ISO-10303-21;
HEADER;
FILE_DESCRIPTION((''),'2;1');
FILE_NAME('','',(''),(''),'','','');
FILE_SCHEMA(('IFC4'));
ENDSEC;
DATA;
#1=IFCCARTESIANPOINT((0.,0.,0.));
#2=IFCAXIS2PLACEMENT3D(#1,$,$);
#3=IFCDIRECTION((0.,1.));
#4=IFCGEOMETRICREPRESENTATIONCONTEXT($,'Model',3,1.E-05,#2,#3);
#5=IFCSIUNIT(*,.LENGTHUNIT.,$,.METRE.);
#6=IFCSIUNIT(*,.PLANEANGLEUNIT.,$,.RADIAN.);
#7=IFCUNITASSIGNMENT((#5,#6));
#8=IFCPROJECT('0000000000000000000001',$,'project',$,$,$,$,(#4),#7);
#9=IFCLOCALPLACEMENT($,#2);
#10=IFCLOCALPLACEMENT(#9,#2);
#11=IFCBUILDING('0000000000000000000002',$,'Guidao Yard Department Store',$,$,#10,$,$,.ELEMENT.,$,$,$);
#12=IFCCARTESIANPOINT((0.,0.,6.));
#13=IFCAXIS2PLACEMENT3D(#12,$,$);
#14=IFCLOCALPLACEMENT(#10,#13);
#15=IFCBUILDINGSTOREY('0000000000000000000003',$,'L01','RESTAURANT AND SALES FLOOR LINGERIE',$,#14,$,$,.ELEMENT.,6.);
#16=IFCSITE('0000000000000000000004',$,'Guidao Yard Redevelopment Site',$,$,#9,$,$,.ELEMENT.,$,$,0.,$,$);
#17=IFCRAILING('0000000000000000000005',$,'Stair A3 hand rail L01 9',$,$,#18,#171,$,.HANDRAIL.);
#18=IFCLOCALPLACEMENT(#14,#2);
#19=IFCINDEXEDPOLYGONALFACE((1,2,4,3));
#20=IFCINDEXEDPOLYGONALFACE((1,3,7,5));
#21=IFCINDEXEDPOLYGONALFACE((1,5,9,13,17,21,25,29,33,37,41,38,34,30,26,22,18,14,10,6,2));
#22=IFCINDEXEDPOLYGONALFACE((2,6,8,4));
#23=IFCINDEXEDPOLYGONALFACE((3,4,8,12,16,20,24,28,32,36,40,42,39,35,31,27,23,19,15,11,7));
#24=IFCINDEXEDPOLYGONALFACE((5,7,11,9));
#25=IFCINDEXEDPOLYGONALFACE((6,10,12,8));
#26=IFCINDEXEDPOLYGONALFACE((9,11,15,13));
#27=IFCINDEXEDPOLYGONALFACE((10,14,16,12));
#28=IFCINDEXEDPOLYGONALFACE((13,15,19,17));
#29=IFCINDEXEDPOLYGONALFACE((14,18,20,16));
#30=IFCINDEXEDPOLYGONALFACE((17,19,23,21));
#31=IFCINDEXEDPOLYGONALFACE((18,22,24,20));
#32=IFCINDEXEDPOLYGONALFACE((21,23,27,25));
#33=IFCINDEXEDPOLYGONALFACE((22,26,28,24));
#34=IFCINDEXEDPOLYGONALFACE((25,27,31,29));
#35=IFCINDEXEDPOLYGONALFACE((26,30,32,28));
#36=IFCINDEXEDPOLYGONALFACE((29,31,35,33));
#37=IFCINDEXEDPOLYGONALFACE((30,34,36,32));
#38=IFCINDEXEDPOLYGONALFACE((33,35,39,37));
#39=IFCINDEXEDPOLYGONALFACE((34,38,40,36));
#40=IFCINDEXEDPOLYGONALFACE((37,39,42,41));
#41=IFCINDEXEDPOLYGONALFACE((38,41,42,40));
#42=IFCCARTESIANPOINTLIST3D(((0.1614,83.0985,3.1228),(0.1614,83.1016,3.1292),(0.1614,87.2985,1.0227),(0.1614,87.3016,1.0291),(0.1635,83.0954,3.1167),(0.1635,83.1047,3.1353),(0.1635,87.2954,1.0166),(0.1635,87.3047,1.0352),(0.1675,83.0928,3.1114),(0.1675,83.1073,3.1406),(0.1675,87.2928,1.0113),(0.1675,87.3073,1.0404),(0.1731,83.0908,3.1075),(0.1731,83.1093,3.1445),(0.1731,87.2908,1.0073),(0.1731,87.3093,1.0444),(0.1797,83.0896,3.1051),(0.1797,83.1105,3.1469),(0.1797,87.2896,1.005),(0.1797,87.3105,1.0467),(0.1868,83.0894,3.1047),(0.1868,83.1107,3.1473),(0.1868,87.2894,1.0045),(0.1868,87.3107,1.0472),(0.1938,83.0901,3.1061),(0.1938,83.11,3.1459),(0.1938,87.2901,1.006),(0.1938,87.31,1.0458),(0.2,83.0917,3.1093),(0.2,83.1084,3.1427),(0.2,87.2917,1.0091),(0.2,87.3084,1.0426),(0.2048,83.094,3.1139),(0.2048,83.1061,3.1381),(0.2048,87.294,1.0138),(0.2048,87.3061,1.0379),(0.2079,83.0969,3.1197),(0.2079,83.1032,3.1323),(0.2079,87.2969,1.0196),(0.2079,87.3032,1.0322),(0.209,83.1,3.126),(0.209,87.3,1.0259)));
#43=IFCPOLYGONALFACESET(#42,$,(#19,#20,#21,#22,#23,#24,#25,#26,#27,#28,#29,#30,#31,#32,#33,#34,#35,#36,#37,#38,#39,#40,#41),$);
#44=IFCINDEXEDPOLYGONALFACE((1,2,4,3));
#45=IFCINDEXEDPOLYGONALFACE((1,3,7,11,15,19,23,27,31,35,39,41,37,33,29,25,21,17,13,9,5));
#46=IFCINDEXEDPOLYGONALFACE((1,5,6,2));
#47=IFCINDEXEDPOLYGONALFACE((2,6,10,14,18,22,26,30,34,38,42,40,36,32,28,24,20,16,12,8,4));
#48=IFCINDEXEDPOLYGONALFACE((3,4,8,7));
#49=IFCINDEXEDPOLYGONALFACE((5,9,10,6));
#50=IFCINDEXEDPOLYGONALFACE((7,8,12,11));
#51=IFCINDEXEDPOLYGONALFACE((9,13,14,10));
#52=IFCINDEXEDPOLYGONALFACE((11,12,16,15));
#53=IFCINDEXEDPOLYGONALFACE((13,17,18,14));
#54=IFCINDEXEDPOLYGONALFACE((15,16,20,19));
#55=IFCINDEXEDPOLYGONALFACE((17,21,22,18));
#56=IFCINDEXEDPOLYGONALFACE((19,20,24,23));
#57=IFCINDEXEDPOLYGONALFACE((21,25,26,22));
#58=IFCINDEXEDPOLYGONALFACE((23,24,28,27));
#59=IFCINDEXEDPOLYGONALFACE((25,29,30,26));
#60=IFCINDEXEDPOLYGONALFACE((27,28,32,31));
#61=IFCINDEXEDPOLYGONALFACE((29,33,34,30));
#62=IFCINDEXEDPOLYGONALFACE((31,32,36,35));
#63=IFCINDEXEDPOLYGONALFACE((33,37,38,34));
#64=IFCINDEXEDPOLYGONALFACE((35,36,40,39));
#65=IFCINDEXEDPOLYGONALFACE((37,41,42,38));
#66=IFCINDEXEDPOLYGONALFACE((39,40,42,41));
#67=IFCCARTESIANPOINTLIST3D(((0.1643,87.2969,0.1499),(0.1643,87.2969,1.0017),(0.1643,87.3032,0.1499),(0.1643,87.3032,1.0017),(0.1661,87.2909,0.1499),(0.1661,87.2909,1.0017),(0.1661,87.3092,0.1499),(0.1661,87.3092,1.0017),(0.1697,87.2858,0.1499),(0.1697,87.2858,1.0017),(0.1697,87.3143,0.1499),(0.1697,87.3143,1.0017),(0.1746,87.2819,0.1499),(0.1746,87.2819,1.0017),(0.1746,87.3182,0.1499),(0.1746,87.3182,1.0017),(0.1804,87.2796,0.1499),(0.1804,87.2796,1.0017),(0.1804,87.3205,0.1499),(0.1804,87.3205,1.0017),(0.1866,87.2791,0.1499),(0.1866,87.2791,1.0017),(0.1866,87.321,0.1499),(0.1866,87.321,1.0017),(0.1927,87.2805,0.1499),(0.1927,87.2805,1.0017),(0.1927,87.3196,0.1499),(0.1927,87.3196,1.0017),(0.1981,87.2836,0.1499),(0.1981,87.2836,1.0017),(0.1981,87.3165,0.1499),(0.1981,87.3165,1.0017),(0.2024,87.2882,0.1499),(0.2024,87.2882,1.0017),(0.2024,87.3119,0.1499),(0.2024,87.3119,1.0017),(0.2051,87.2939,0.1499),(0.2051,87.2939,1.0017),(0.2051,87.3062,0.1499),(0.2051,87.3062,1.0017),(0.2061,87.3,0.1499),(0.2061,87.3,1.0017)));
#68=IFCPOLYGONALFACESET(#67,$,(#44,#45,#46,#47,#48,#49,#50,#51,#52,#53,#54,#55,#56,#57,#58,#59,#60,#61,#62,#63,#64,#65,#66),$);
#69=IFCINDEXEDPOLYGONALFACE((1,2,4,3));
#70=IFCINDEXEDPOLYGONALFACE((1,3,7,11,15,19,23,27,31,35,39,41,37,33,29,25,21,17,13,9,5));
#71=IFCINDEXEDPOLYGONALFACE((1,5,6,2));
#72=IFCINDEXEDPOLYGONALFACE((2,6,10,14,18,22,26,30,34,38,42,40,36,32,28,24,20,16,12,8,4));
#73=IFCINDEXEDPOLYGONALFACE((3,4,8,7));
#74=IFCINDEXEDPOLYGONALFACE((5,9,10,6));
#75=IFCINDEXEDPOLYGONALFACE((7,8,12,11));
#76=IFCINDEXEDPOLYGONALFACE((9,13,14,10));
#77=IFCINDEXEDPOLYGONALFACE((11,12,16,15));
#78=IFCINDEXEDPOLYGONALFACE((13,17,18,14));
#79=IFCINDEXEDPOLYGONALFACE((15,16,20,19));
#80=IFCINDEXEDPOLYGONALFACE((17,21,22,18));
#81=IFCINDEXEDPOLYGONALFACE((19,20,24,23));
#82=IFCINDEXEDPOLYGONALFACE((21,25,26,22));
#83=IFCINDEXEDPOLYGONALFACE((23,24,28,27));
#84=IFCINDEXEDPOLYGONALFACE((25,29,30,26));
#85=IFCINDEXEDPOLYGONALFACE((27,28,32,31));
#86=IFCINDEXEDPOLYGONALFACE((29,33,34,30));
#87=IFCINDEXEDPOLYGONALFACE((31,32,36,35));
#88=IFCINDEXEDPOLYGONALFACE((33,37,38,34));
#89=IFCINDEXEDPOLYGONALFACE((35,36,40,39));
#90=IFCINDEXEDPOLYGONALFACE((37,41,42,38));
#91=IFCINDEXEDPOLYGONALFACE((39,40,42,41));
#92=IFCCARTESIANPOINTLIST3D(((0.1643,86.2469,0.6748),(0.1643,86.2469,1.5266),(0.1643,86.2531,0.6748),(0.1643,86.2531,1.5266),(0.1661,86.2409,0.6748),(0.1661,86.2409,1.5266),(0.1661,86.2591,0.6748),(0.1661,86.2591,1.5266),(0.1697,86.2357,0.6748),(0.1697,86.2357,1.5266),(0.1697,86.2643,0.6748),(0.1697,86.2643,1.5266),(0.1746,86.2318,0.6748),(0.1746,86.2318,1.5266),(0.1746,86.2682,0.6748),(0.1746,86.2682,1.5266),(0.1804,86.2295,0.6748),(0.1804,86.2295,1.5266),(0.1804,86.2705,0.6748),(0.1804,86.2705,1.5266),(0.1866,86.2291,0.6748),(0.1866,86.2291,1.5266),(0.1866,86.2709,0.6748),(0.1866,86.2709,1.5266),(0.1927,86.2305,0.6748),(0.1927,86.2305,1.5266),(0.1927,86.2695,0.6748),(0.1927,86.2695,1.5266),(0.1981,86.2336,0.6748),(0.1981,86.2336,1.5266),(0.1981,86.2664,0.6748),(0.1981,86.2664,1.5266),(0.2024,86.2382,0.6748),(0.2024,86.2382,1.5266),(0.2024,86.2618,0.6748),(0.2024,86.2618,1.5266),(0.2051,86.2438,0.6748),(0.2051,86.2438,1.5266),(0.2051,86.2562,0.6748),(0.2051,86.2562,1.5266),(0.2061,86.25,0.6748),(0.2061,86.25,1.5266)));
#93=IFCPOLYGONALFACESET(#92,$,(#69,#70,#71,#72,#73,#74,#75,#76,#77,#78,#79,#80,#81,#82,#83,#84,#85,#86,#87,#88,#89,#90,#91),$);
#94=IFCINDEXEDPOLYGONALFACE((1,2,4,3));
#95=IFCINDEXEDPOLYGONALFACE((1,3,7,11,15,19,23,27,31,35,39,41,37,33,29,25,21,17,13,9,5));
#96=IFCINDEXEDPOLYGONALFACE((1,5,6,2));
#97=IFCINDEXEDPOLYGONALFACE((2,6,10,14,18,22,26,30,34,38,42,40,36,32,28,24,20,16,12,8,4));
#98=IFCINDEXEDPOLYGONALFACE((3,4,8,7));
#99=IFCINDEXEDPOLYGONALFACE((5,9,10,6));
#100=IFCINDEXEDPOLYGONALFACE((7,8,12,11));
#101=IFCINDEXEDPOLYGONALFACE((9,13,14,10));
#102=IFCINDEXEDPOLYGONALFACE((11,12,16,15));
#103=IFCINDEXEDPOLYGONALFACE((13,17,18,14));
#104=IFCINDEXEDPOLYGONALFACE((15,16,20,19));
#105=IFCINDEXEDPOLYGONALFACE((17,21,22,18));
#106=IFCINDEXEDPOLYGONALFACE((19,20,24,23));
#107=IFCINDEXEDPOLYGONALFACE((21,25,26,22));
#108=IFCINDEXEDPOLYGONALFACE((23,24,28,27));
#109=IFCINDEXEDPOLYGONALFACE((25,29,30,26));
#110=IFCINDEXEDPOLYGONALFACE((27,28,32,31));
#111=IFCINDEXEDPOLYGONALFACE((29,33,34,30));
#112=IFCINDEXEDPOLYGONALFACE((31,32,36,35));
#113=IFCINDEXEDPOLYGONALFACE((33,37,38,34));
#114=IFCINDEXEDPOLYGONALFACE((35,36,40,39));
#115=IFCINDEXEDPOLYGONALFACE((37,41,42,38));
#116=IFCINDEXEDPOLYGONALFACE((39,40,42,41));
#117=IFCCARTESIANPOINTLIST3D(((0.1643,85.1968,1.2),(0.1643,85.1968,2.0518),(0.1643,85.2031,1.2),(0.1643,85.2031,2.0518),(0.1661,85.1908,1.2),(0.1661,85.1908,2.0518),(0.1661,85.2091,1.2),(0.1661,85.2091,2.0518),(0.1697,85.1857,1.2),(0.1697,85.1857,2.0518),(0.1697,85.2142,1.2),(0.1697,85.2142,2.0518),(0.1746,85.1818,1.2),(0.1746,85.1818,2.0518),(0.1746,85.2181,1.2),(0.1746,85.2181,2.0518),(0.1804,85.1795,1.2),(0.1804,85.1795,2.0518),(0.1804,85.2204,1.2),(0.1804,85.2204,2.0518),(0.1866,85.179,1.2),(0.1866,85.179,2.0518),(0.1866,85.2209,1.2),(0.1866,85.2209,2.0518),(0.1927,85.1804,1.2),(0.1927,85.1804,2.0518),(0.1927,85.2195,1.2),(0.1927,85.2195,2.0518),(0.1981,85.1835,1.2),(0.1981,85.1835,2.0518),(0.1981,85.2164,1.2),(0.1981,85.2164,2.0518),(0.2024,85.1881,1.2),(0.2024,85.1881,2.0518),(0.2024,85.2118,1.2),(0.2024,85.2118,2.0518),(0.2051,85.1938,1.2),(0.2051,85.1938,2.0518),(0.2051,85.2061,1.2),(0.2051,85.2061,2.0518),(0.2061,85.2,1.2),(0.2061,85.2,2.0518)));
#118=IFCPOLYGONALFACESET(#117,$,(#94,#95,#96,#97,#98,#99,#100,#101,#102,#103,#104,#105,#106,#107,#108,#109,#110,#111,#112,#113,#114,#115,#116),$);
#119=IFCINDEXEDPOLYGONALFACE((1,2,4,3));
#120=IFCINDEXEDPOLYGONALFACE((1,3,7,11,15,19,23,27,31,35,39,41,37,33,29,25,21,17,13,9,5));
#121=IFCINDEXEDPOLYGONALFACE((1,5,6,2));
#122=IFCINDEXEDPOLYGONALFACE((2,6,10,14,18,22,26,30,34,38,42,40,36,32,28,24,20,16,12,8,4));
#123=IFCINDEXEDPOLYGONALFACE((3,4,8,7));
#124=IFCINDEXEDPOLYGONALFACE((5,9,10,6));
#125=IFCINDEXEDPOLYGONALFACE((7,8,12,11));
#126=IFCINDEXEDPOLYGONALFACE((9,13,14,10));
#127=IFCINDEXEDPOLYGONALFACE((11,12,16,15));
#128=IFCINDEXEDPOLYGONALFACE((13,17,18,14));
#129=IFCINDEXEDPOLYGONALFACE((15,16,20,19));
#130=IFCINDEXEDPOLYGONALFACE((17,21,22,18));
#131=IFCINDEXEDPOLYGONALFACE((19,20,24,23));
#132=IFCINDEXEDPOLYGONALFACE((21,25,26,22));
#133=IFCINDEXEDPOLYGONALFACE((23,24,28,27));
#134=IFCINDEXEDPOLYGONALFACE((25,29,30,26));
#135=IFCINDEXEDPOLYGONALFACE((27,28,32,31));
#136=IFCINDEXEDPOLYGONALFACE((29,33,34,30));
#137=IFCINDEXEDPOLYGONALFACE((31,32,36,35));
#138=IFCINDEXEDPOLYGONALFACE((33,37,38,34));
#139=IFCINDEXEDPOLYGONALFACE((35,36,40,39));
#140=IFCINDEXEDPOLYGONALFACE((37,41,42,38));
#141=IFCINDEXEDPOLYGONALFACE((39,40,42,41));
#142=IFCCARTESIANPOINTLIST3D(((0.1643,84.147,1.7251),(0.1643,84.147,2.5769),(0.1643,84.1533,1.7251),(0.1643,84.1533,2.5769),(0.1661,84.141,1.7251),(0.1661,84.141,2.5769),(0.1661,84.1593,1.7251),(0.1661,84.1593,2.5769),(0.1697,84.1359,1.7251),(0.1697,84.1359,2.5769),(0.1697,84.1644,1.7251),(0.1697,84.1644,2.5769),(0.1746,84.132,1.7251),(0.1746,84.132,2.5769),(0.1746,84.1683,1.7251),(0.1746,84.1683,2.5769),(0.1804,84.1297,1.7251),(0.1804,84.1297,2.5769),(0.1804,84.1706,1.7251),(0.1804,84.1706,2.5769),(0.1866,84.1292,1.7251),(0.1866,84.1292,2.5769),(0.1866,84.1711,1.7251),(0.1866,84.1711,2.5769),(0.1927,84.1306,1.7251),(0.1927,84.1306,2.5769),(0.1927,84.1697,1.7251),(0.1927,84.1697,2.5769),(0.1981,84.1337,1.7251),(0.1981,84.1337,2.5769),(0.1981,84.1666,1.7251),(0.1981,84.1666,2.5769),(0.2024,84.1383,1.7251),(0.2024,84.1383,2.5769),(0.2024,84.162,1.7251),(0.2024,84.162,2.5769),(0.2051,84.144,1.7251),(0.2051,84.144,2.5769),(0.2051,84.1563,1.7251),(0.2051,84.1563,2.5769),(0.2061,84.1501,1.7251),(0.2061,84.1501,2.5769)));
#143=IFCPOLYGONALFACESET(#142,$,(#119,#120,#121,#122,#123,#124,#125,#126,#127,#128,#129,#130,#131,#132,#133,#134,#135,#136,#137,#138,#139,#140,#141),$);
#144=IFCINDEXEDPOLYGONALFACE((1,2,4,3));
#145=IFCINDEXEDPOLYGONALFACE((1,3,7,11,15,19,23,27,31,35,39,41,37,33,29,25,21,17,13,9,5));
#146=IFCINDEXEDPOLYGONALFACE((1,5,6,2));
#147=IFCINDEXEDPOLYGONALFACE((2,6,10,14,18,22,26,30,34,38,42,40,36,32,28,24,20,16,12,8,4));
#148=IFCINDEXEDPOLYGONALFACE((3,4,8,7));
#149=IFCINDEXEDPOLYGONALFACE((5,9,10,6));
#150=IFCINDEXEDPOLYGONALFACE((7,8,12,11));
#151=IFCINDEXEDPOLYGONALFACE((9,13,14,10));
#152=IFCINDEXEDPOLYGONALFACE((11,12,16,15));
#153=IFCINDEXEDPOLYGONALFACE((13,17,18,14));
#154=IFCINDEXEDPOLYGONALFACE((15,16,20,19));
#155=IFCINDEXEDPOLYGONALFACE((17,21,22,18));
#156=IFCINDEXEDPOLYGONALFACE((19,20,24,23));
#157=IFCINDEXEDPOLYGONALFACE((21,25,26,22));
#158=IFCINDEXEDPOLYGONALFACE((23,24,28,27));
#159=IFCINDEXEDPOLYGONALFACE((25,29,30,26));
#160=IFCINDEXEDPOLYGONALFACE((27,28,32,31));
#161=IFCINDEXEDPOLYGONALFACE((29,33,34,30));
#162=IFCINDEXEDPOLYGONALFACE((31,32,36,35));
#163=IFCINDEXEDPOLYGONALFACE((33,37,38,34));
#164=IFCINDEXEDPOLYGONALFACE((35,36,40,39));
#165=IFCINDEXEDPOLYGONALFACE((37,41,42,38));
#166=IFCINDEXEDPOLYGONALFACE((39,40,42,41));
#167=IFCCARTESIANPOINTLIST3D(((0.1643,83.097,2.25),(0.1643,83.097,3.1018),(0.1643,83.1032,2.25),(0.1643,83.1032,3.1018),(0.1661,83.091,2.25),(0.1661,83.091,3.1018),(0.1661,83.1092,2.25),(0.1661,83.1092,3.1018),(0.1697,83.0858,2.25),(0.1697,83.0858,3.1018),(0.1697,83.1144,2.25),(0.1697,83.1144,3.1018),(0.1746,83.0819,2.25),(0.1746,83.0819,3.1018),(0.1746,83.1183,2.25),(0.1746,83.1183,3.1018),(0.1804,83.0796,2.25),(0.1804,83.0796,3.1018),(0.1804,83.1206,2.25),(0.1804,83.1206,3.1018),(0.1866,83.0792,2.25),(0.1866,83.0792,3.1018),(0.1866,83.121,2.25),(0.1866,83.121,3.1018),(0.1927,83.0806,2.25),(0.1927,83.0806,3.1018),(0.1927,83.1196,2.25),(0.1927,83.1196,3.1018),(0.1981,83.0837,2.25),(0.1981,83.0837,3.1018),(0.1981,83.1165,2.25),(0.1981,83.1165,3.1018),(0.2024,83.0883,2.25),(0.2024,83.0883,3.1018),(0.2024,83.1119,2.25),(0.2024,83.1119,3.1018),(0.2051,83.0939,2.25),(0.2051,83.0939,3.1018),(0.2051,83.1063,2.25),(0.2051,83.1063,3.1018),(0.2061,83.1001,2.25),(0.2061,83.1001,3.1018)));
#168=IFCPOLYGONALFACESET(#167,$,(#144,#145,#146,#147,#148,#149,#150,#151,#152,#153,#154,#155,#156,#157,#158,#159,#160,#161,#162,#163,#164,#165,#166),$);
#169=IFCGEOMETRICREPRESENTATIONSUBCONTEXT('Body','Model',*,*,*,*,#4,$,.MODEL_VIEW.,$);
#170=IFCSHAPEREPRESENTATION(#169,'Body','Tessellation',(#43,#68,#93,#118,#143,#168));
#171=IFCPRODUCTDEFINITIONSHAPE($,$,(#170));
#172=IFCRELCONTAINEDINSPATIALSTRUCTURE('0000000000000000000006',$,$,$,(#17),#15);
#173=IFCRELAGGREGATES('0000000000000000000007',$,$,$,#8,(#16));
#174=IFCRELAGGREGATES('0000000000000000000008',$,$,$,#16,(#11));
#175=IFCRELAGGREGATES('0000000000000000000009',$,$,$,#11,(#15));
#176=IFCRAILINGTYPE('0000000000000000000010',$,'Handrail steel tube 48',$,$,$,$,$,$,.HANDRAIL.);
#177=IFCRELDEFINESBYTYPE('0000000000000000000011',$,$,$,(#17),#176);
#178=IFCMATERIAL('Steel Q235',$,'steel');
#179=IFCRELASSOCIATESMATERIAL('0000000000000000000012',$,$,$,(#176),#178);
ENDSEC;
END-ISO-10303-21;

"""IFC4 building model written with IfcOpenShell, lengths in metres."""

from ifc_helpers import new_model, si_unit, direction, frame, origin, origin_2d, place, context, subcontext, project, spatial, circle, extrude, material, type_object, element, save


model = new_model("IFC4")

# Units and contexts
model_context = context("Model", 3, precision=1e-05, world=origin(), true_north=direction((0.0, 1.0)))
body_context = subcontext(model_context, "Body", "Model", "MODEL_VIEW")
ifc_project = project(units=[si_unit("LENGTHUNIT", "METRE"), si_unit("PLANEANGLEUNIT", "RADIAN")], contexts=[model_context])

# Site, building, storey
site_placement = place(None, origin())
site = spatial("IfcSite", under=ifc_project, at=site_placement, Name="Guidao Yard Redevelopment Site", CompositionType="ELEMENT", RefElevation=0.0)
building_placement = place(site_placement, origin())
building = spatial("IfcBuilding", under=site, at=building_placement, Name="Guidao Yard Department Store", CompositionType="ELEMENT")
storey_placement = place(building_placement, frame((0.0, 0.0, 6.0)))
storey = spatial("IfcBuildingStorey", under=building, at=storey_placement, Name="L01", Description="RESTAURANT AND SALES FLOOR LINGERIE", CompositionType="ELEMENT", Elevation=6.0)

# Railing
ifc_material_1 = material(Name="Steel Q235", Category="steel")
railing_type_1 = type_object("IfcRailingType", Name="Handrail steel tube 48", PredefinedType="HANDRAIL", material=ifc_material_1)
for number, where, name in (
    (1, (0.1851, 87.3, 0.1499), "Stair A3 hand rail L01 9"),
):
    element("IfcRailing", number, at=place(storey_placement, frame(where)), inside=storey, type_object=railing_type_1, Name=name, PredefinedType="HANDRAIL", context=body_context, shape_type="SweptSolid", body=[
        extrude(circle(Radius=0.0239, at=origin_2d()), frame((0.0, 0.0, 0.876), z_axis=(0.0, -0.894417, 0.447234), x_axis=(1.0, 0.0, 0.0)), (0.0, 0.0, 1.0), 4.6958),
        extrude(circle(Radius=0.021, at=origin_2d()), origin(), (0.0, 0.0, 1.0), 0.8518),
        extrude(circle(Radius=0.021, at=origin_2d()), frame((0.0, -1.05, 0.5249)), (0.0, 0.0, 1.0), 0.8518),
        extrude(circle(Radius=0.021, at=origin_2d()), frame((0.0, -2.1001, 1.05)), (0.0, 0.0, 1.0), 0.8518),
        extrude(circle(Radius=0.021, at=origin_2d()), frame((0.0, -3.1499, 1.5752)), (0.0, 0.0, 1.0), 0.8518),
        extrude(circle(Radius=0.021, at=origin_2d()), frame((0.0, -4.2, 2.1001)), (0.0, 0.0, 1.0), 0.8518),
    ])

save(model, "model.ifc")
